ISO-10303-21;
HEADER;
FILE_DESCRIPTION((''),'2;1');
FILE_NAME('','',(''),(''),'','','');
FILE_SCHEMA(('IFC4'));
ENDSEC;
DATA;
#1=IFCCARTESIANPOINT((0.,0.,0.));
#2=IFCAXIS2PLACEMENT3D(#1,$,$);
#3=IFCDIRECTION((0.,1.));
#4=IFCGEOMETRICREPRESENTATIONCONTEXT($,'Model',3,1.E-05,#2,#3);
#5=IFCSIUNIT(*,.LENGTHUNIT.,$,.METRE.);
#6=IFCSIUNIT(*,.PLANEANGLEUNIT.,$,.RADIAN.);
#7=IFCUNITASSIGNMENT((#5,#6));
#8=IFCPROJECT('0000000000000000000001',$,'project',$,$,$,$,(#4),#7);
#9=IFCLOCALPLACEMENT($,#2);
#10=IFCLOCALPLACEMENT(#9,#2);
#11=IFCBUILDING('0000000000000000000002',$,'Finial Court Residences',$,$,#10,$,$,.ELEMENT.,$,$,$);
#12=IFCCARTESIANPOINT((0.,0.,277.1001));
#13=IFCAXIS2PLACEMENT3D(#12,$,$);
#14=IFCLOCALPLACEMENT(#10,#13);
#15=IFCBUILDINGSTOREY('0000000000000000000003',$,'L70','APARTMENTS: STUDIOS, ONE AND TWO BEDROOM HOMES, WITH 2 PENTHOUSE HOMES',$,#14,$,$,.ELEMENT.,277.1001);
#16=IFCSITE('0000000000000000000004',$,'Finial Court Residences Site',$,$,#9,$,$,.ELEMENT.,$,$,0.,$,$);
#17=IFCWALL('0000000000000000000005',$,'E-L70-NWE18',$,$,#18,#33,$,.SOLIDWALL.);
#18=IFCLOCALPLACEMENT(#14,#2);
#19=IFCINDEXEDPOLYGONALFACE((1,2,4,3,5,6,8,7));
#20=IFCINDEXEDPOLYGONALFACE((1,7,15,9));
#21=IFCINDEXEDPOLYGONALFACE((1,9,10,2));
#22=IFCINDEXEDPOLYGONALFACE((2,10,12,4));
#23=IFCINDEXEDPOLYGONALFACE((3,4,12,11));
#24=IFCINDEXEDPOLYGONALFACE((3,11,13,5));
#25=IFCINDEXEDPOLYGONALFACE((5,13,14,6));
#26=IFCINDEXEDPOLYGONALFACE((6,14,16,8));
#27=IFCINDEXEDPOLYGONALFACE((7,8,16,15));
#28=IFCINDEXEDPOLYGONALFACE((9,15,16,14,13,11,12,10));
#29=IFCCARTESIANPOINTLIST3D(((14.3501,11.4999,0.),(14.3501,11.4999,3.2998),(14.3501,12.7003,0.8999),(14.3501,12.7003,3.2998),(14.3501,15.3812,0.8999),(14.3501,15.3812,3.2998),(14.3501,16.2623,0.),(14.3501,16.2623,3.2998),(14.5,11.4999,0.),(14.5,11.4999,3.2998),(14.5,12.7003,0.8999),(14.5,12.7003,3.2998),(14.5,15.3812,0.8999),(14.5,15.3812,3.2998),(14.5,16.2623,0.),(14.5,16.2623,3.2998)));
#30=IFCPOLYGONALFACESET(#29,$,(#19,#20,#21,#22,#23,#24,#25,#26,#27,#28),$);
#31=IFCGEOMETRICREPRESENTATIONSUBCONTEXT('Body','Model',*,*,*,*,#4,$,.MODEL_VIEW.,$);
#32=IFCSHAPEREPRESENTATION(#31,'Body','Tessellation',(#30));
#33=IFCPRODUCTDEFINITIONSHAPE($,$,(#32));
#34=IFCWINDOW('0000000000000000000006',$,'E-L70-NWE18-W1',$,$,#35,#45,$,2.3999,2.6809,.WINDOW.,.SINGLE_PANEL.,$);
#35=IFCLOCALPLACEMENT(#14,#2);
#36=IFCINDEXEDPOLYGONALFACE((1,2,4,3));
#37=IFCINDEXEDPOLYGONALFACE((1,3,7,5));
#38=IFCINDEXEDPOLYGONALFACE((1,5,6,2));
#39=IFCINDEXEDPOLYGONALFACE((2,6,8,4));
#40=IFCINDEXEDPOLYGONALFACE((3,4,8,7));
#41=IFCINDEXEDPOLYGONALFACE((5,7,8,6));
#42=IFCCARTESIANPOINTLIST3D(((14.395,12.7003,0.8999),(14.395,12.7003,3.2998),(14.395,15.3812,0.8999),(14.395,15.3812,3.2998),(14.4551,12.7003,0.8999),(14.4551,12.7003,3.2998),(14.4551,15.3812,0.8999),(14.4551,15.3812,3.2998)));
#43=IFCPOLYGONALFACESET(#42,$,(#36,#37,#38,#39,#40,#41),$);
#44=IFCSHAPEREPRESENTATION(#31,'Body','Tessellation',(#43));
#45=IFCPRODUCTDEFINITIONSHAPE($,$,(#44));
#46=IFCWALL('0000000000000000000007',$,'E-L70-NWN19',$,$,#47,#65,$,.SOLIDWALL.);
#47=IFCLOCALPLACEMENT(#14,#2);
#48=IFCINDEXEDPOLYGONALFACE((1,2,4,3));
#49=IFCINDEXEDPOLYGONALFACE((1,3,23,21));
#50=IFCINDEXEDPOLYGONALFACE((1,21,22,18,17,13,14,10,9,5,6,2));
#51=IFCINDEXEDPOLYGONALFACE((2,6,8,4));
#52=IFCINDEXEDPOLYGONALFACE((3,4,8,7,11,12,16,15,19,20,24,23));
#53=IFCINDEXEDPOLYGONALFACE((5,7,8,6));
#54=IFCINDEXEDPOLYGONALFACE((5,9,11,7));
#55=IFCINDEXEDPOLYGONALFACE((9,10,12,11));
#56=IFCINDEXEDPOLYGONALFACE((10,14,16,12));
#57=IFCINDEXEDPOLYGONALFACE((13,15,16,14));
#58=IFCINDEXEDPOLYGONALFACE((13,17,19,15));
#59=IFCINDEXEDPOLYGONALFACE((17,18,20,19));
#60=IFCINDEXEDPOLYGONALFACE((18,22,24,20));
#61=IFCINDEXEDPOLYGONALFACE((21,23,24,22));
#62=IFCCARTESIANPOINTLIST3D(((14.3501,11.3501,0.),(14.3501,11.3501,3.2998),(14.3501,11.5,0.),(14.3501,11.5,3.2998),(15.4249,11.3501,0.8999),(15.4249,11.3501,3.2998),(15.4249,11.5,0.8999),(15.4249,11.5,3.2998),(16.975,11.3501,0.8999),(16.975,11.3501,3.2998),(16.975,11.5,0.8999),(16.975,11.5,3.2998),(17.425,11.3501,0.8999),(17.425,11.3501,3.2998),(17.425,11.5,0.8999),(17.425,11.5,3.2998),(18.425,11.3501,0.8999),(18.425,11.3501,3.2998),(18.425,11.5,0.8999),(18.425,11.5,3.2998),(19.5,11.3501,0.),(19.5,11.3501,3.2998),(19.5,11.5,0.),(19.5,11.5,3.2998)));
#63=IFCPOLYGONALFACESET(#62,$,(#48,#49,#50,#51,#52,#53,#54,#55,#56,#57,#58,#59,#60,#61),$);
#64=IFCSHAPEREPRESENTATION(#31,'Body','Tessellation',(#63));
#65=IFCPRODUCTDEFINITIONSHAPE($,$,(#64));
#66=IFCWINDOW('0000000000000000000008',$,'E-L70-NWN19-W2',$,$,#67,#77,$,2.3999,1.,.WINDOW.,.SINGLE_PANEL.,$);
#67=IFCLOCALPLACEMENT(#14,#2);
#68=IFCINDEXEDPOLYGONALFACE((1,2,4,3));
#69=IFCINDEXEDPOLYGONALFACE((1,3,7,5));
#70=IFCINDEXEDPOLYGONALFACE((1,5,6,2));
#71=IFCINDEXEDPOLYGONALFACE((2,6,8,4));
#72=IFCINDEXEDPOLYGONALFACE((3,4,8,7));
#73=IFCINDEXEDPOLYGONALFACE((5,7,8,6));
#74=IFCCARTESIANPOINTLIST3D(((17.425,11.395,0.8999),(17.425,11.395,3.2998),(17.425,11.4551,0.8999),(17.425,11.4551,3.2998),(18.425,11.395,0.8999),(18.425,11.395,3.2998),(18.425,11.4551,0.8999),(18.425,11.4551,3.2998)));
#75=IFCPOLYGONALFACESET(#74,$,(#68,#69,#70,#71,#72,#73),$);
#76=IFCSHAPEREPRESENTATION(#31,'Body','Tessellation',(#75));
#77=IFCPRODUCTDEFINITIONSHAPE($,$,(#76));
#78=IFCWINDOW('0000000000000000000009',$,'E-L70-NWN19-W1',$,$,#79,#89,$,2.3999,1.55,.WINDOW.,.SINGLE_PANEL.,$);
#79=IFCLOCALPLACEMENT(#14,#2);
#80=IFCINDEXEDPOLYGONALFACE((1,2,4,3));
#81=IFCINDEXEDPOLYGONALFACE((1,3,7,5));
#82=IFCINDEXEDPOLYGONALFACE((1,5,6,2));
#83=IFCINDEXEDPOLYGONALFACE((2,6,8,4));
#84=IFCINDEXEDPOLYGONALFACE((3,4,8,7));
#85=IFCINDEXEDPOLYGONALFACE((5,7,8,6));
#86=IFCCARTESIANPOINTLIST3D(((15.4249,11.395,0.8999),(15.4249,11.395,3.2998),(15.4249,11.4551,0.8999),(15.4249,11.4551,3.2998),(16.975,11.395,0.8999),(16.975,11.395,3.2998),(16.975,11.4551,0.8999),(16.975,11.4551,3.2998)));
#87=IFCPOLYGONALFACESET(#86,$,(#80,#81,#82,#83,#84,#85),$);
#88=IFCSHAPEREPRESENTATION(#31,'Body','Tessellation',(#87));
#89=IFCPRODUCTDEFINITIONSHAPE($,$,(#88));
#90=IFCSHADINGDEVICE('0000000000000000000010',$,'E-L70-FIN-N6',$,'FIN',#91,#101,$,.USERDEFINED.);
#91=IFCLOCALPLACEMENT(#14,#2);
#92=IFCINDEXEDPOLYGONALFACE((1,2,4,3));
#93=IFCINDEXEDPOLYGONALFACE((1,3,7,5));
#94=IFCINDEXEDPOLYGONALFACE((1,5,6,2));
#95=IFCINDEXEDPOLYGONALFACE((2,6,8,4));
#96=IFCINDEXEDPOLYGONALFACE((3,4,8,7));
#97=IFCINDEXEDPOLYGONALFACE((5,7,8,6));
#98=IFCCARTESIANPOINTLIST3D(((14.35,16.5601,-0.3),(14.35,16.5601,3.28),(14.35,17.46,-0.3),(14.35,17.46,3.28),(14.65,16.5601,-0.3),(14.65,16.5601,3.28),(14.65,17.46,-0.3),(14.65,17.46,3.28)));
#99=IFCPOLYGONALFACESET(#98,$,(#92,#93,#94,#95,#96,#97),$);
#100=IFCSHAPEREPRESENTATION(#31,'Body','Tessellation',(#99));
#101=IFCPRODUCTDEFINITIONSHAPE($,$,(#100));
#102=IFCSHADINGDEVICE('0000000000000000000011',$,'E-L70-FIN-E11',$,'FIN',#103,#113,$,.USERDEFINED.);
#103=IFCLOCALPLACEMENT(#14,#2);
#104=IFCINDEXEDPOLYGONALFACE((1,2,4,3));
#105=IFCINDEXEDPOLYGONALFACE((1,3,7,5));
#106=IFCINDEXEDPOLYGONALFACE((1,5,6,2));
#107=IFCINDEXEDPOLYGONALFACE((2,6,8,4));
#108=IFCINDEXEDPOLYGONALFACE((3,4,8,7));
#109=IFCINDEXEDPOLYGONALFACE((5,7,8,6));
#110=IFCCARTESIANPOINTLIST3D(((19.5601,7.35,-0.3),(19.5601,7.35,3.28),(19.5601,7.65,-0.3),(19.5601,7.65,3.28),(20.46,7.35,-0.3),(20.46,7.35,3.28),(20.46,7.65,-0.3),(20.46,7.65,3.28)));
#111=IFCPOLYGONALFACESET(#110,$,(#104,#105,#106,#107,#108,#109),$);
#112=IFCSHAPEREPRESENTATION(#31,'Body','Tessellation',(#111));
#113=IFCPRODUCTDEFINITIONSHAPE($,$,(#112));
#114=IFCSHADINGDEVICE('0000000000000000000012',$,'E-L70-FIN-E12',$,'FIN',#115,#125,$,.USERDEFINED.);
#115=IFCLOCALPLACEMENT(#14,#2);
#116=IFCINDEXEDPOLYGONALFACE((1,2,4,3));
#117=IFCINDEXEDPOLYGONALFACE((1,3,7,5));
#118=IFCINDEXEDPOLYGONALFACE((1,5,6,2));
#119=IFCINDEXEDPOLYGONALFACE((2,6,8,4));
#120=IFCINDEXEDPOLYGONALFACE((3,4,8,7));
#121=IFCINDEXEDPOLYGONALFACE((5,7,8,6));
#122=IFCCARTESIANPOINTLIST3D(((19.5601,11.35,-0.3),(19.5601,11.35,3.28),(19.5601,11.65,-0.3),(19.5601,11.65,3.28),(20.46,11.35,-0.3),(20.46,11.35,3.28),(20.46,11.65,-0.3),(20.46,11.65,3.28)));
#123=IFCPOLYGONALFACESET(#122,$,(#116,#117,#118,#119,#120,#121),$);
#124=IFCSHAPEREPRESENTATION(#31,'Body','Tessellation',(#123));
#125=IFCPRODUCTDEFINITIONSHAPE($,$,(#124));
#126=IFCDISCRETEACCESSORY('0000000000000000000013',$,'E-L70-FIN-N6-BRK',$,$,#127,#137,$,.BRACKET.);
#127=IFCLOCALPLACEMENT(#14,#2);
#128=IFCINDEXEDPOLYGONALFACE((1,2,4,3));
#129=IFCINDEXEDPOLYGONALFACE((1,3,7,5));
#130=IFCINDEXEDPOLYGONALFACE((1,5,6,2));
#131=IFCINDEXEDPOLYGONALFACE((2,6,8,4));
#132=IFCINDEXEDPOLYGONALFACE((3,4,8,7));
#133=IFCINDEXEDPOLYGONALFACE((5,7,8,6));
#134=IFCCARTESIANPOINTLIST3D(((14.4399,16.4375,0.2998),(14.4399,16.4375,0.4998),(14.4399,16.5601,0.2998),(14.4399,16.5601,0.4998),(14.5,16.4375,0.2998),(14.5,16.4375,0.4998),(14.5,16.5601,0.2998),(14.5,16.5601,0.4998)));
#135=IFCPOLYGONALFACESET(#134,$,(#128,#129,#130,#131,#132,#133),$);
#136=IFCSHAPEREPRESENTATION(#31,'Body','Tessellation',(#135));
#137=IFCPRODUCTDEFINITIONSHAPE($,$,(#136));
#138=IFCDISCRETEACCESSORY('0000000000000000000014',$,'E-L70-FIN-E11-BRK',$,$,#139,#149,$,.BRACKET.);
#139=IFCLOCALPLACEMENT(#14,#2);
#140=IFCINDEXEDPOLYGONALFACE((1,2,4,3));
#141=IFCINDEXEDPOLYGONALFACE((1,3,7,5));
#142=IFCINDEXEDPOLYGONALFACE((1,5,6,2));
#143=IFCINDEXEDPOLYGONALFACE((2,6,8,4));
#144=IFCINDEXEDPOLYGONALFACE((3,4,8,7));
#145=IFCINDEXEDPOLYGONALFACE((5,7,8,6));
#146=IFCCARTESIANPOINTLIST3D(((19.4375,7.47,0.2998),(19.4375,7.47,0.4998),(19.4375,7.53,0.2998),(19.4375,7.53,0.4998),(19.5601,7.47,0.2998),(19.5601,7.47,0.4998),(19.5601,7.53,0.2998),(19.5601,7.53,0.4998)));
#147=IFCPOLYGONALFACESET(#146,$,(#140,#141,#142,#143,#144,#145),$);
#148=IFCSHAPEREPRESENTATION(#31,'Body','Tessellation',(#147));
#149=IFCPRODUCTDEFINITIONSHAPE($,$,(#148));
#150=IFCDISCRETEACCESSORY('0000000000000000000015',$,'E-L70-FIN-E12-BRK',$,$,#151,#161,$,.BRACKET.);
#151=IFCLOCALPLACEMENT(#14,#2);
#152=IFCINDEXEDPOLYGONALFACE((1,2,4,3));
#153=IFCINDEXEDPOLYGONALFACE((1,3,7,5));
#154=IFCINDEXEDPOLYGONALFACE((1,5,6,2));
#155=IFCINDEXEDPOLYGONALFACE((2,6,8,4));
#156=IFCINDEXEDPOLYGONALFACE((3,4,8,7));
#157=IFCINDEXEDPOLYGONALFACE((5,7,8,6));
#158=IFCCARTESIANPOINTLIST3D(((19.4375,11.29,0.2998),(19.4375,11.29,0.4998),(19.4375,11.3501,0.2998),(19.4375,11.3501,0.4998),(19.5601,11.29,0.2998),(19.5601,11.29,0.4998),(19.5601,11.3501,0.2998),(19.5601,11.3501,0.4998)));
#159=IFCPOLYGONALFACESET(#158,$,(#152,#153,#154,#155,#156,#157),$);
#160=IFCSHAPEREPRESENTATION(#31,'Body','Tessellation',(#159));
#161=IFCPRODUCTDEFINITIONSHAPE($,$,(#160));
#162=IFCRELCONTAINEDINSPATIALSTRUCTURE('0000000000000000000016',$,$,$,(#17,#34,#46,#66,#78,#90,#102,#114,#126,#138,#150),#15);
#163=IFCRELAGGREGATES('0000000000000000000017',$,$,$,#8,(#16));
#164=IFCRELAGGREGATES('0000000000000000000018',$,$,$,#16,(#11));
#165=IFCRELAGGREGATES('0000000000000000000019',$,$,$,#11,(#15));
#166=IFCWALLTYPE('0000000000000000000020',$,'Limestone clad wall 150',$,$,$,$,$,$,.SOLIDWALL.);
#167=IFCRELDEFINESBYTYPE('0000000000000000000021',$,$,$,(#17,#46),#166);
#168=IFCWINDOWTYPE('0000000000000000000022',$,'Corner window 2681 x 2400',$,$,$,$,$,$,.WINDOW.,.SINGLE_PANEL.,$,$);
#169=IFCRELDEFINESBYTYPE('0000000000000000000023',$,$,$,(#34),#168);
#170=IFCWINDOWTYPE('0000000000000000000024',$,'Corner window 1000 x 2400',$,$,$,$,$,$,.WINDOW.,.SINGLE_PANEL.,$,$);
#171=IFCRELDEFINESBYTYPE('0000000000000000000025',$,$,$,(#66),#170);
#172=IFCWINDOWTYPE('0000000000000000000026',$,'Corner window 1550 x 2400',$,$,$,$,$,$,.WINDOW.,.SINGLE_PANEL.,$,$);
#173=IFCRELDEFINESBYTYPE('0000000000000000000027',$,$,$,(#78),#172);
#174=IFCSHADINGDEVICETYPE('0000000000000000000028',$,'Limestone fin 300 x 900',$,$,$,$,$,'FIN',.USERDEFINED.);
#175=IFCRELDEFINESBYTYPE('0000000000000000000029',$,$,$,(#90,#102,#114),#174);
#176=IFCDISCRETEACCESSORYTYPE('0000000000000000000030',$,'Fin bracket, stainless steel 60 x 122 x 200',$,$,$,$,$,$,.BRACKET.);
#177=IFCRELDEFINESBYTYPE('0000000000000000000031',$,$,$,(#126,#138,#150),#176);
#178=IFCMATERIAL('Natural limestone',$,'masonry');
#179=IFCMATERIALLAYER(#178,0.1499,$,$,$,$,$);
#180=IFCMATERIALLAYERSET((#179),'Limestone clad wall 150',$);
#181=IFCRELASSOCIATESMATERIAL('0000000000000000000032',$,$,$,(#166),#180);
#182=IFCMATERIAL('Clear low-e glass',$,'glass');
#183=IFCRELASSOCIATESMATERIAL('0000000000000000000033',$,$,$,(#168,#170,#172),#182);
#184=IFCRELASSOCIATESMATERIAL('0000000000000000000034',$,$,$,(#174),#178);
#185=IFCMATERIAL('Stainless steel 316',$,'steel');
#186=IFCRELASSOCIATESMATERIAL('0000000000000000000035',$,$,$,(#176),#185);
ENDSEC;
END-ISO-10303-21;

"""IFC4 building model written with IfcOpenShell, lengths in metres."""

from ifc_helpers import new_model, si_unit, direction, frame, frame_2d, origin, origin_2d, place, context, subcontext, project, spatial, rectangle, extrude, material, layer, layer_set, type_object, element, fill, save


model = new_model("IFC4")

# Units and contexts
model_context = context("Model", 3, precision=1e-05, world=origin(), true_north=direction((0.0, 1.0)))
body_context = subcontext(model_context, "Body", "Model", "MODEL_VIEW")
ifc_project = project(units=[si_unit("LENGTHUNIT", "METRE"), si_unit("PLANEANGLEUNIT", "RADIAN")], contexts=[model_context])

# Site, building, storey
site_placement = place(None, origin())
site = spatial("IfcSite", under=ifc_project, at=site_placement, Name="Finial Court Residences Site", CompositionType="ELEMENT", RefElevation=0.0)
building_placement = place(site_placement, origin())
building = spatial("IfcBuilding", under=site, at=building_placement, Name="Finial Court Residences", CompositionType="ELEMENT")
storey_placement = place(building_placement, frame((0.0, 0.0, 277.1001)))
storey = spatial("IfcBuildingStorey", under=building, at=storey_placement, Name="L70", Description="APARTMENTS: STUDIOS, ONE AND TWO BEDROOM HOMES, WITH 2 PENTHOUSE HOMES", CompositionType="ELEMENT", Elevation=277.1001)

# Shared definitions
ifc_material_1 = material(Name="Clear low-e glass", Category="glass")

# Wall, opening, window
ifc_material_2 = material(Name="Natural limestone", Category="masonry")
ifc_layer_1 = layer(ifc_material_2, 0.1499)
ifc_layer_set_1 = layer_set([ifc_layer_1], Name="Limestone clad wall 150")
wall_type_1 = type_object("IfcWallType", Name="Limestone clad wall 150", PredefinedType="SOLIDWALL", material=ifc_layer_set_1)
wall_1_placement = place(storey_placement, frame((14.425, 16.2625, 0.0), z_axis=(0.0, 0.0, 1.0), x_axis=(0.0, -1.0, 0.0)))
wall_1 = element("IfcWall", 1, at=wall_1_placement, inside=storey, type_object=wall_type_1, Name="E-L70-NWE18", PredefinedType="SOLIDWALL", context=body_context, shape_type="SweptSolid", body=[
    extrude(rectangle(XDim=4.7625, YDim=0.1499, at=frame_2d((2.3813, 0.0))), origin(), (0.0, 0.0, 1.0), 3.2998),
])
opening_1_placement = place(wall_1_placement, frame((0.8813, 0.0, 0.8999)))
opening_1 = element("IfcOpeningElement", 2, at=opening_1_placement, cuts=wall_1, PredefinedType="OPENING", context=body_context, shape_type="SweptSolid", body=[
    extrude(rectangle(XDim=2.6809, YDim=2.3999, at=frame_2d((1.3403, 1.2))), frame((0.0, 0.085, 0.0), z_axis=(0.0, -1.0, 0.0), x_axis=(1.0, 0.0, 0.0)), (0.0, 0.0, 1.0), 0.1699),
])
window_type_1 = type_object("IfcWindowType", Name="Corner window 2681 x 2400", PartitioningType="SINGLE_PANEL", PredefinedType="WINDOW", material=ifc_material_1)
window_1_placement = place(opening_1_placement, origin())
window_1 = element("IfcWindow", 3, at=window_1_placement, inside=storey, type_object=window_type_1, Name="E-L70-NWE18-W1", OverallHeight=2.3999, OverallWidth=2.6809, PartitioningType="SINGLE_PANEL", PredefinedType="WINDOW", context=body_context, shape_type="SweptSolid", body=[
    extrude(rectangle(XDim=2.6809, YDim=2.3999, at=frame_2d((1.3403, 1.2))), frame((0.0, 0.03, 0.0), z_axis=(0.0, -1.0, 0.0), x_axis=(1.0, 0.0, 0.0)), (0.0, 0.0, 1.0), 0.0601),
])
fill(opening_1, window_1)

# Wall, openings, windows
wall_2_placement = place(storey_placement, frame((14.3501, 11.425, 0.0), z_axis=(0.0, 0.0, 1.0), x_axis=(1.0, 0.0, 0.0)))
wall_2 = element("IfcWall", 4, at=wall_2_placement, inside=storey, type_object=wall_type_1, Name="E-L70-NWN19", PredefinedType="SOLIDWALL", context=body_context, shape_type="SweptSolid", body=[
    extrude(rectangle(XDim=5.1499, YDim=0.1499, at=frame_2d((2.575, 0.0))), origin(), (0.0, 0.0, 1.0), 3.2998),
])
opening_2_placement = place(wall_2_placement, frame((1.075, 0.0, 0.8999)))
opening_2 = element("IfcOpeningElement", 5, at=opening_2_placement, cuts=wall_2, PredefinedType="OPENING", context=body_context, shape_type="SweptSolid", body=[
    extrude(rectangle(XDim=1.55, YDim=2.3999, at=frame_2d((0.7749, 1.2))), frame((0.0, 0.085, 0.0), z_axis=(0.0, -1.0, 0.0), x_axis=(1.0, 0.0, 0.0)), (0.0, 0.0, 1.0), 0.1699),
])
opening_3_placement = place(wall_2_placement, frame((3.075, 0.0, 0.8999)))
opening_3 = element("IfcOpeningElement", 6, at=opening_3_placement, cuts=wall_2, PredefinedType="OPENING", context=body_context, shape_type="SweptSolid", body=[
    extrude(rectangle(XDim=1.0, YDim=2.3999, at=frame_2d((0.5, 1.2))), frame((0.0, 0.085, 0.0), z_axis=(0.0, -1.0, 0.0), x_axis=(1.0, 0.0, 0.0)), (0.0, 0.0, 1.0), 0.1699),
])
window_type_2 = type_object("IfcWindowType", Name="Corner window 1000 x 2400", PartitioningType="SINGLE_PANEL", PredefinedType="WINDOW", material=ifc_material_1)
window_2_placement = place(opening_3_placement, origin())
window_2 = element("IfcWindow", 7, at=window_2_placement, inside=storey, type_object=window_type_2, Name="E-L70-NWN19-W2", OverallHeight=2.3999, OverallWidth=1.0, PartitioningType="SINGLE_PANEL", PredefinedType="WINDOW", context=body_context, shape_type="SweptSolid", body=[
    extrude(rectangle(XDim=1.0, YDim=2.3999, at=frame_2d((0.5, 1.2))), frame((0.0, 0.03, 0.0), z_axis=(0.0, -1.0, 0.0), x_axis=(1.0, 0.0, 0.0)), (0.0, 0.0, 1.0), 0.0601),
])
fill(opening_3, window_2)
window_type_3 = type_object("IfcWindowType", Name="Corner window 1550 x 2400", PartitioningType="SINGLE_PANEL", PredefinedType="WINDOW", material=ifc_material_1)
window_3_placement = place(opening_2_placement, origin())
window_3 = element("IfcWindow", 8, at=window_3_placement, inside=storey, type_object=window_type_3, Name="E-L70-NWN19-W1", OverallHeight=2.3999, OverallWidth=1.55, PartitioningType="SINGLE_PANEL", PredefinedType="WINDOW", context=body_context, shape_type="SweptSolid", body=[
    extrude(rectangle(XDim=1.55, YDim=2.3999, at=frame_2d((0.7749, 1.2))), frame((0.0, 0.03, 0.0), z_axis=(0.0, -1.0, 0.0), x_axis=(1.0, 0.0, 0.0)), (0.0, 0.0, 1.0), 0.0601),
])
fill(opening_2, window_3)

# Shading devices
shading_device_type = type_object("IfcShadingDeviceType", Name="Limestone fin 300 x 900", ElementType="FIN", PredefinedType="USERDEFINED", material=ifc_material_2)
shading_device_placement = place(storey_placement, frame((14.5, 17.01, -0.3), z_axis=(0.0, 0.0, 1.0), x_axis=(1.0, 0.0, 0.0)))
element("IfcShadingDevice", 9, at=shading_device_placement, inside=storey, type_object=shading_device_type, Name="E-L70-FIN-N6", ObjectType="FIN", PredefinedType="USERDEFINED", context=body_context, shape_type="SweptSolid", body=[
    extrude(rectangle(XDim=0.3, YDim=0.8999, at=origin_2d()), origin(), (0.0, 0.0, 1.0), 3.5801),
])
for number, where, z_axis, x_axis, name in (
    (10, (20.01, 7.5, -0.3), (0.0, 0.0, 1.0), (1.0, 0.0, 0.0), "E-L70-FIN-E11"),
    (11, (20.01, 11.5, -0.3), (0.0, 0.0, 1.0), (1.0, 0.0, 0.0), "E-L70-FIN-E12"),
):
    element("IfcShadingDevice", number, at=place(storey_placement, frame(where, z_axis=z_axis, x_axis=x_axis)), inside=storey, type_object=shading_device_type, Name=name, ObjectType="FIN", PredefinedType="USERDEFINED", context=body_context, shape_type="SweptSolid", body=[
        extrude(rectangle(XDim=0.8999, YDim=0.3, at=origin_2d()), origin(), (0.0, 0.0, 1.0), 3.5801),
    ])

# Discrete accessories
ifc_material_3 = material(Name="Stainless steel 316", Category="steel")
discrete_accessory_type = type_object("IfcDiscreteAccessoryType", Name="Fin bracket, stainless steel 60 x 122 x 200", PredefinedType="BRACKET", material=ifc_material_3)
discrete_accessory_placement = place(storey_placement, frame((14.47, 16.4988, 0.2998), z_axis=(0.0, 0.0, 1.0), x_axis=(1.0, 0.0, 0.0)))
element("IfcDiscreteAccessory", 12, at=discrete_accessory_placement, inside=storey, type_object=discrete_accessory_type, Name="E-L70-FIN-N6-BRK", PredefinedType="BRACKET", context=body_context, shape_type="SweptSolid", body=[
    extrude(rectangle(XDim=0.0601, YDim=0.1226, at=origin_2d()), origin(), (0.0, 0.0, 1.0), 0.2),
])
for number, where, z_axis, x_axis, name in (
    (13, (19.4988, 7.5, 0.2998), (0.0, 0.0, 1.0), (1.0, 0.0, 0.0), "E-L70-FIN-E11-BRK"),
    (14, (19.4988, 11.3201, 0.2998), (0.0, 0.0, 1.0), (1.0, 0.0, 0.0), "E-L70-FIN-E12-BRK"),
):
    element("IfcDiscreteAccessory", number, at=place(storey_placement, frame(where, z_axis=z_axis, x_axis=x_axis)), inside=storey, type_object=discrete_accessory_type, Name=name, PredefinedType="BRACKET", context=body_context, shape_type="SweptSolid", body=[
        extrude(rectangle(XDim=0.1226, YDim=0.0601, at=origin_2d()), origin(), (0.0, 0.0, 1.0), 0.2),
    ])

save(model, "model.ifc")
